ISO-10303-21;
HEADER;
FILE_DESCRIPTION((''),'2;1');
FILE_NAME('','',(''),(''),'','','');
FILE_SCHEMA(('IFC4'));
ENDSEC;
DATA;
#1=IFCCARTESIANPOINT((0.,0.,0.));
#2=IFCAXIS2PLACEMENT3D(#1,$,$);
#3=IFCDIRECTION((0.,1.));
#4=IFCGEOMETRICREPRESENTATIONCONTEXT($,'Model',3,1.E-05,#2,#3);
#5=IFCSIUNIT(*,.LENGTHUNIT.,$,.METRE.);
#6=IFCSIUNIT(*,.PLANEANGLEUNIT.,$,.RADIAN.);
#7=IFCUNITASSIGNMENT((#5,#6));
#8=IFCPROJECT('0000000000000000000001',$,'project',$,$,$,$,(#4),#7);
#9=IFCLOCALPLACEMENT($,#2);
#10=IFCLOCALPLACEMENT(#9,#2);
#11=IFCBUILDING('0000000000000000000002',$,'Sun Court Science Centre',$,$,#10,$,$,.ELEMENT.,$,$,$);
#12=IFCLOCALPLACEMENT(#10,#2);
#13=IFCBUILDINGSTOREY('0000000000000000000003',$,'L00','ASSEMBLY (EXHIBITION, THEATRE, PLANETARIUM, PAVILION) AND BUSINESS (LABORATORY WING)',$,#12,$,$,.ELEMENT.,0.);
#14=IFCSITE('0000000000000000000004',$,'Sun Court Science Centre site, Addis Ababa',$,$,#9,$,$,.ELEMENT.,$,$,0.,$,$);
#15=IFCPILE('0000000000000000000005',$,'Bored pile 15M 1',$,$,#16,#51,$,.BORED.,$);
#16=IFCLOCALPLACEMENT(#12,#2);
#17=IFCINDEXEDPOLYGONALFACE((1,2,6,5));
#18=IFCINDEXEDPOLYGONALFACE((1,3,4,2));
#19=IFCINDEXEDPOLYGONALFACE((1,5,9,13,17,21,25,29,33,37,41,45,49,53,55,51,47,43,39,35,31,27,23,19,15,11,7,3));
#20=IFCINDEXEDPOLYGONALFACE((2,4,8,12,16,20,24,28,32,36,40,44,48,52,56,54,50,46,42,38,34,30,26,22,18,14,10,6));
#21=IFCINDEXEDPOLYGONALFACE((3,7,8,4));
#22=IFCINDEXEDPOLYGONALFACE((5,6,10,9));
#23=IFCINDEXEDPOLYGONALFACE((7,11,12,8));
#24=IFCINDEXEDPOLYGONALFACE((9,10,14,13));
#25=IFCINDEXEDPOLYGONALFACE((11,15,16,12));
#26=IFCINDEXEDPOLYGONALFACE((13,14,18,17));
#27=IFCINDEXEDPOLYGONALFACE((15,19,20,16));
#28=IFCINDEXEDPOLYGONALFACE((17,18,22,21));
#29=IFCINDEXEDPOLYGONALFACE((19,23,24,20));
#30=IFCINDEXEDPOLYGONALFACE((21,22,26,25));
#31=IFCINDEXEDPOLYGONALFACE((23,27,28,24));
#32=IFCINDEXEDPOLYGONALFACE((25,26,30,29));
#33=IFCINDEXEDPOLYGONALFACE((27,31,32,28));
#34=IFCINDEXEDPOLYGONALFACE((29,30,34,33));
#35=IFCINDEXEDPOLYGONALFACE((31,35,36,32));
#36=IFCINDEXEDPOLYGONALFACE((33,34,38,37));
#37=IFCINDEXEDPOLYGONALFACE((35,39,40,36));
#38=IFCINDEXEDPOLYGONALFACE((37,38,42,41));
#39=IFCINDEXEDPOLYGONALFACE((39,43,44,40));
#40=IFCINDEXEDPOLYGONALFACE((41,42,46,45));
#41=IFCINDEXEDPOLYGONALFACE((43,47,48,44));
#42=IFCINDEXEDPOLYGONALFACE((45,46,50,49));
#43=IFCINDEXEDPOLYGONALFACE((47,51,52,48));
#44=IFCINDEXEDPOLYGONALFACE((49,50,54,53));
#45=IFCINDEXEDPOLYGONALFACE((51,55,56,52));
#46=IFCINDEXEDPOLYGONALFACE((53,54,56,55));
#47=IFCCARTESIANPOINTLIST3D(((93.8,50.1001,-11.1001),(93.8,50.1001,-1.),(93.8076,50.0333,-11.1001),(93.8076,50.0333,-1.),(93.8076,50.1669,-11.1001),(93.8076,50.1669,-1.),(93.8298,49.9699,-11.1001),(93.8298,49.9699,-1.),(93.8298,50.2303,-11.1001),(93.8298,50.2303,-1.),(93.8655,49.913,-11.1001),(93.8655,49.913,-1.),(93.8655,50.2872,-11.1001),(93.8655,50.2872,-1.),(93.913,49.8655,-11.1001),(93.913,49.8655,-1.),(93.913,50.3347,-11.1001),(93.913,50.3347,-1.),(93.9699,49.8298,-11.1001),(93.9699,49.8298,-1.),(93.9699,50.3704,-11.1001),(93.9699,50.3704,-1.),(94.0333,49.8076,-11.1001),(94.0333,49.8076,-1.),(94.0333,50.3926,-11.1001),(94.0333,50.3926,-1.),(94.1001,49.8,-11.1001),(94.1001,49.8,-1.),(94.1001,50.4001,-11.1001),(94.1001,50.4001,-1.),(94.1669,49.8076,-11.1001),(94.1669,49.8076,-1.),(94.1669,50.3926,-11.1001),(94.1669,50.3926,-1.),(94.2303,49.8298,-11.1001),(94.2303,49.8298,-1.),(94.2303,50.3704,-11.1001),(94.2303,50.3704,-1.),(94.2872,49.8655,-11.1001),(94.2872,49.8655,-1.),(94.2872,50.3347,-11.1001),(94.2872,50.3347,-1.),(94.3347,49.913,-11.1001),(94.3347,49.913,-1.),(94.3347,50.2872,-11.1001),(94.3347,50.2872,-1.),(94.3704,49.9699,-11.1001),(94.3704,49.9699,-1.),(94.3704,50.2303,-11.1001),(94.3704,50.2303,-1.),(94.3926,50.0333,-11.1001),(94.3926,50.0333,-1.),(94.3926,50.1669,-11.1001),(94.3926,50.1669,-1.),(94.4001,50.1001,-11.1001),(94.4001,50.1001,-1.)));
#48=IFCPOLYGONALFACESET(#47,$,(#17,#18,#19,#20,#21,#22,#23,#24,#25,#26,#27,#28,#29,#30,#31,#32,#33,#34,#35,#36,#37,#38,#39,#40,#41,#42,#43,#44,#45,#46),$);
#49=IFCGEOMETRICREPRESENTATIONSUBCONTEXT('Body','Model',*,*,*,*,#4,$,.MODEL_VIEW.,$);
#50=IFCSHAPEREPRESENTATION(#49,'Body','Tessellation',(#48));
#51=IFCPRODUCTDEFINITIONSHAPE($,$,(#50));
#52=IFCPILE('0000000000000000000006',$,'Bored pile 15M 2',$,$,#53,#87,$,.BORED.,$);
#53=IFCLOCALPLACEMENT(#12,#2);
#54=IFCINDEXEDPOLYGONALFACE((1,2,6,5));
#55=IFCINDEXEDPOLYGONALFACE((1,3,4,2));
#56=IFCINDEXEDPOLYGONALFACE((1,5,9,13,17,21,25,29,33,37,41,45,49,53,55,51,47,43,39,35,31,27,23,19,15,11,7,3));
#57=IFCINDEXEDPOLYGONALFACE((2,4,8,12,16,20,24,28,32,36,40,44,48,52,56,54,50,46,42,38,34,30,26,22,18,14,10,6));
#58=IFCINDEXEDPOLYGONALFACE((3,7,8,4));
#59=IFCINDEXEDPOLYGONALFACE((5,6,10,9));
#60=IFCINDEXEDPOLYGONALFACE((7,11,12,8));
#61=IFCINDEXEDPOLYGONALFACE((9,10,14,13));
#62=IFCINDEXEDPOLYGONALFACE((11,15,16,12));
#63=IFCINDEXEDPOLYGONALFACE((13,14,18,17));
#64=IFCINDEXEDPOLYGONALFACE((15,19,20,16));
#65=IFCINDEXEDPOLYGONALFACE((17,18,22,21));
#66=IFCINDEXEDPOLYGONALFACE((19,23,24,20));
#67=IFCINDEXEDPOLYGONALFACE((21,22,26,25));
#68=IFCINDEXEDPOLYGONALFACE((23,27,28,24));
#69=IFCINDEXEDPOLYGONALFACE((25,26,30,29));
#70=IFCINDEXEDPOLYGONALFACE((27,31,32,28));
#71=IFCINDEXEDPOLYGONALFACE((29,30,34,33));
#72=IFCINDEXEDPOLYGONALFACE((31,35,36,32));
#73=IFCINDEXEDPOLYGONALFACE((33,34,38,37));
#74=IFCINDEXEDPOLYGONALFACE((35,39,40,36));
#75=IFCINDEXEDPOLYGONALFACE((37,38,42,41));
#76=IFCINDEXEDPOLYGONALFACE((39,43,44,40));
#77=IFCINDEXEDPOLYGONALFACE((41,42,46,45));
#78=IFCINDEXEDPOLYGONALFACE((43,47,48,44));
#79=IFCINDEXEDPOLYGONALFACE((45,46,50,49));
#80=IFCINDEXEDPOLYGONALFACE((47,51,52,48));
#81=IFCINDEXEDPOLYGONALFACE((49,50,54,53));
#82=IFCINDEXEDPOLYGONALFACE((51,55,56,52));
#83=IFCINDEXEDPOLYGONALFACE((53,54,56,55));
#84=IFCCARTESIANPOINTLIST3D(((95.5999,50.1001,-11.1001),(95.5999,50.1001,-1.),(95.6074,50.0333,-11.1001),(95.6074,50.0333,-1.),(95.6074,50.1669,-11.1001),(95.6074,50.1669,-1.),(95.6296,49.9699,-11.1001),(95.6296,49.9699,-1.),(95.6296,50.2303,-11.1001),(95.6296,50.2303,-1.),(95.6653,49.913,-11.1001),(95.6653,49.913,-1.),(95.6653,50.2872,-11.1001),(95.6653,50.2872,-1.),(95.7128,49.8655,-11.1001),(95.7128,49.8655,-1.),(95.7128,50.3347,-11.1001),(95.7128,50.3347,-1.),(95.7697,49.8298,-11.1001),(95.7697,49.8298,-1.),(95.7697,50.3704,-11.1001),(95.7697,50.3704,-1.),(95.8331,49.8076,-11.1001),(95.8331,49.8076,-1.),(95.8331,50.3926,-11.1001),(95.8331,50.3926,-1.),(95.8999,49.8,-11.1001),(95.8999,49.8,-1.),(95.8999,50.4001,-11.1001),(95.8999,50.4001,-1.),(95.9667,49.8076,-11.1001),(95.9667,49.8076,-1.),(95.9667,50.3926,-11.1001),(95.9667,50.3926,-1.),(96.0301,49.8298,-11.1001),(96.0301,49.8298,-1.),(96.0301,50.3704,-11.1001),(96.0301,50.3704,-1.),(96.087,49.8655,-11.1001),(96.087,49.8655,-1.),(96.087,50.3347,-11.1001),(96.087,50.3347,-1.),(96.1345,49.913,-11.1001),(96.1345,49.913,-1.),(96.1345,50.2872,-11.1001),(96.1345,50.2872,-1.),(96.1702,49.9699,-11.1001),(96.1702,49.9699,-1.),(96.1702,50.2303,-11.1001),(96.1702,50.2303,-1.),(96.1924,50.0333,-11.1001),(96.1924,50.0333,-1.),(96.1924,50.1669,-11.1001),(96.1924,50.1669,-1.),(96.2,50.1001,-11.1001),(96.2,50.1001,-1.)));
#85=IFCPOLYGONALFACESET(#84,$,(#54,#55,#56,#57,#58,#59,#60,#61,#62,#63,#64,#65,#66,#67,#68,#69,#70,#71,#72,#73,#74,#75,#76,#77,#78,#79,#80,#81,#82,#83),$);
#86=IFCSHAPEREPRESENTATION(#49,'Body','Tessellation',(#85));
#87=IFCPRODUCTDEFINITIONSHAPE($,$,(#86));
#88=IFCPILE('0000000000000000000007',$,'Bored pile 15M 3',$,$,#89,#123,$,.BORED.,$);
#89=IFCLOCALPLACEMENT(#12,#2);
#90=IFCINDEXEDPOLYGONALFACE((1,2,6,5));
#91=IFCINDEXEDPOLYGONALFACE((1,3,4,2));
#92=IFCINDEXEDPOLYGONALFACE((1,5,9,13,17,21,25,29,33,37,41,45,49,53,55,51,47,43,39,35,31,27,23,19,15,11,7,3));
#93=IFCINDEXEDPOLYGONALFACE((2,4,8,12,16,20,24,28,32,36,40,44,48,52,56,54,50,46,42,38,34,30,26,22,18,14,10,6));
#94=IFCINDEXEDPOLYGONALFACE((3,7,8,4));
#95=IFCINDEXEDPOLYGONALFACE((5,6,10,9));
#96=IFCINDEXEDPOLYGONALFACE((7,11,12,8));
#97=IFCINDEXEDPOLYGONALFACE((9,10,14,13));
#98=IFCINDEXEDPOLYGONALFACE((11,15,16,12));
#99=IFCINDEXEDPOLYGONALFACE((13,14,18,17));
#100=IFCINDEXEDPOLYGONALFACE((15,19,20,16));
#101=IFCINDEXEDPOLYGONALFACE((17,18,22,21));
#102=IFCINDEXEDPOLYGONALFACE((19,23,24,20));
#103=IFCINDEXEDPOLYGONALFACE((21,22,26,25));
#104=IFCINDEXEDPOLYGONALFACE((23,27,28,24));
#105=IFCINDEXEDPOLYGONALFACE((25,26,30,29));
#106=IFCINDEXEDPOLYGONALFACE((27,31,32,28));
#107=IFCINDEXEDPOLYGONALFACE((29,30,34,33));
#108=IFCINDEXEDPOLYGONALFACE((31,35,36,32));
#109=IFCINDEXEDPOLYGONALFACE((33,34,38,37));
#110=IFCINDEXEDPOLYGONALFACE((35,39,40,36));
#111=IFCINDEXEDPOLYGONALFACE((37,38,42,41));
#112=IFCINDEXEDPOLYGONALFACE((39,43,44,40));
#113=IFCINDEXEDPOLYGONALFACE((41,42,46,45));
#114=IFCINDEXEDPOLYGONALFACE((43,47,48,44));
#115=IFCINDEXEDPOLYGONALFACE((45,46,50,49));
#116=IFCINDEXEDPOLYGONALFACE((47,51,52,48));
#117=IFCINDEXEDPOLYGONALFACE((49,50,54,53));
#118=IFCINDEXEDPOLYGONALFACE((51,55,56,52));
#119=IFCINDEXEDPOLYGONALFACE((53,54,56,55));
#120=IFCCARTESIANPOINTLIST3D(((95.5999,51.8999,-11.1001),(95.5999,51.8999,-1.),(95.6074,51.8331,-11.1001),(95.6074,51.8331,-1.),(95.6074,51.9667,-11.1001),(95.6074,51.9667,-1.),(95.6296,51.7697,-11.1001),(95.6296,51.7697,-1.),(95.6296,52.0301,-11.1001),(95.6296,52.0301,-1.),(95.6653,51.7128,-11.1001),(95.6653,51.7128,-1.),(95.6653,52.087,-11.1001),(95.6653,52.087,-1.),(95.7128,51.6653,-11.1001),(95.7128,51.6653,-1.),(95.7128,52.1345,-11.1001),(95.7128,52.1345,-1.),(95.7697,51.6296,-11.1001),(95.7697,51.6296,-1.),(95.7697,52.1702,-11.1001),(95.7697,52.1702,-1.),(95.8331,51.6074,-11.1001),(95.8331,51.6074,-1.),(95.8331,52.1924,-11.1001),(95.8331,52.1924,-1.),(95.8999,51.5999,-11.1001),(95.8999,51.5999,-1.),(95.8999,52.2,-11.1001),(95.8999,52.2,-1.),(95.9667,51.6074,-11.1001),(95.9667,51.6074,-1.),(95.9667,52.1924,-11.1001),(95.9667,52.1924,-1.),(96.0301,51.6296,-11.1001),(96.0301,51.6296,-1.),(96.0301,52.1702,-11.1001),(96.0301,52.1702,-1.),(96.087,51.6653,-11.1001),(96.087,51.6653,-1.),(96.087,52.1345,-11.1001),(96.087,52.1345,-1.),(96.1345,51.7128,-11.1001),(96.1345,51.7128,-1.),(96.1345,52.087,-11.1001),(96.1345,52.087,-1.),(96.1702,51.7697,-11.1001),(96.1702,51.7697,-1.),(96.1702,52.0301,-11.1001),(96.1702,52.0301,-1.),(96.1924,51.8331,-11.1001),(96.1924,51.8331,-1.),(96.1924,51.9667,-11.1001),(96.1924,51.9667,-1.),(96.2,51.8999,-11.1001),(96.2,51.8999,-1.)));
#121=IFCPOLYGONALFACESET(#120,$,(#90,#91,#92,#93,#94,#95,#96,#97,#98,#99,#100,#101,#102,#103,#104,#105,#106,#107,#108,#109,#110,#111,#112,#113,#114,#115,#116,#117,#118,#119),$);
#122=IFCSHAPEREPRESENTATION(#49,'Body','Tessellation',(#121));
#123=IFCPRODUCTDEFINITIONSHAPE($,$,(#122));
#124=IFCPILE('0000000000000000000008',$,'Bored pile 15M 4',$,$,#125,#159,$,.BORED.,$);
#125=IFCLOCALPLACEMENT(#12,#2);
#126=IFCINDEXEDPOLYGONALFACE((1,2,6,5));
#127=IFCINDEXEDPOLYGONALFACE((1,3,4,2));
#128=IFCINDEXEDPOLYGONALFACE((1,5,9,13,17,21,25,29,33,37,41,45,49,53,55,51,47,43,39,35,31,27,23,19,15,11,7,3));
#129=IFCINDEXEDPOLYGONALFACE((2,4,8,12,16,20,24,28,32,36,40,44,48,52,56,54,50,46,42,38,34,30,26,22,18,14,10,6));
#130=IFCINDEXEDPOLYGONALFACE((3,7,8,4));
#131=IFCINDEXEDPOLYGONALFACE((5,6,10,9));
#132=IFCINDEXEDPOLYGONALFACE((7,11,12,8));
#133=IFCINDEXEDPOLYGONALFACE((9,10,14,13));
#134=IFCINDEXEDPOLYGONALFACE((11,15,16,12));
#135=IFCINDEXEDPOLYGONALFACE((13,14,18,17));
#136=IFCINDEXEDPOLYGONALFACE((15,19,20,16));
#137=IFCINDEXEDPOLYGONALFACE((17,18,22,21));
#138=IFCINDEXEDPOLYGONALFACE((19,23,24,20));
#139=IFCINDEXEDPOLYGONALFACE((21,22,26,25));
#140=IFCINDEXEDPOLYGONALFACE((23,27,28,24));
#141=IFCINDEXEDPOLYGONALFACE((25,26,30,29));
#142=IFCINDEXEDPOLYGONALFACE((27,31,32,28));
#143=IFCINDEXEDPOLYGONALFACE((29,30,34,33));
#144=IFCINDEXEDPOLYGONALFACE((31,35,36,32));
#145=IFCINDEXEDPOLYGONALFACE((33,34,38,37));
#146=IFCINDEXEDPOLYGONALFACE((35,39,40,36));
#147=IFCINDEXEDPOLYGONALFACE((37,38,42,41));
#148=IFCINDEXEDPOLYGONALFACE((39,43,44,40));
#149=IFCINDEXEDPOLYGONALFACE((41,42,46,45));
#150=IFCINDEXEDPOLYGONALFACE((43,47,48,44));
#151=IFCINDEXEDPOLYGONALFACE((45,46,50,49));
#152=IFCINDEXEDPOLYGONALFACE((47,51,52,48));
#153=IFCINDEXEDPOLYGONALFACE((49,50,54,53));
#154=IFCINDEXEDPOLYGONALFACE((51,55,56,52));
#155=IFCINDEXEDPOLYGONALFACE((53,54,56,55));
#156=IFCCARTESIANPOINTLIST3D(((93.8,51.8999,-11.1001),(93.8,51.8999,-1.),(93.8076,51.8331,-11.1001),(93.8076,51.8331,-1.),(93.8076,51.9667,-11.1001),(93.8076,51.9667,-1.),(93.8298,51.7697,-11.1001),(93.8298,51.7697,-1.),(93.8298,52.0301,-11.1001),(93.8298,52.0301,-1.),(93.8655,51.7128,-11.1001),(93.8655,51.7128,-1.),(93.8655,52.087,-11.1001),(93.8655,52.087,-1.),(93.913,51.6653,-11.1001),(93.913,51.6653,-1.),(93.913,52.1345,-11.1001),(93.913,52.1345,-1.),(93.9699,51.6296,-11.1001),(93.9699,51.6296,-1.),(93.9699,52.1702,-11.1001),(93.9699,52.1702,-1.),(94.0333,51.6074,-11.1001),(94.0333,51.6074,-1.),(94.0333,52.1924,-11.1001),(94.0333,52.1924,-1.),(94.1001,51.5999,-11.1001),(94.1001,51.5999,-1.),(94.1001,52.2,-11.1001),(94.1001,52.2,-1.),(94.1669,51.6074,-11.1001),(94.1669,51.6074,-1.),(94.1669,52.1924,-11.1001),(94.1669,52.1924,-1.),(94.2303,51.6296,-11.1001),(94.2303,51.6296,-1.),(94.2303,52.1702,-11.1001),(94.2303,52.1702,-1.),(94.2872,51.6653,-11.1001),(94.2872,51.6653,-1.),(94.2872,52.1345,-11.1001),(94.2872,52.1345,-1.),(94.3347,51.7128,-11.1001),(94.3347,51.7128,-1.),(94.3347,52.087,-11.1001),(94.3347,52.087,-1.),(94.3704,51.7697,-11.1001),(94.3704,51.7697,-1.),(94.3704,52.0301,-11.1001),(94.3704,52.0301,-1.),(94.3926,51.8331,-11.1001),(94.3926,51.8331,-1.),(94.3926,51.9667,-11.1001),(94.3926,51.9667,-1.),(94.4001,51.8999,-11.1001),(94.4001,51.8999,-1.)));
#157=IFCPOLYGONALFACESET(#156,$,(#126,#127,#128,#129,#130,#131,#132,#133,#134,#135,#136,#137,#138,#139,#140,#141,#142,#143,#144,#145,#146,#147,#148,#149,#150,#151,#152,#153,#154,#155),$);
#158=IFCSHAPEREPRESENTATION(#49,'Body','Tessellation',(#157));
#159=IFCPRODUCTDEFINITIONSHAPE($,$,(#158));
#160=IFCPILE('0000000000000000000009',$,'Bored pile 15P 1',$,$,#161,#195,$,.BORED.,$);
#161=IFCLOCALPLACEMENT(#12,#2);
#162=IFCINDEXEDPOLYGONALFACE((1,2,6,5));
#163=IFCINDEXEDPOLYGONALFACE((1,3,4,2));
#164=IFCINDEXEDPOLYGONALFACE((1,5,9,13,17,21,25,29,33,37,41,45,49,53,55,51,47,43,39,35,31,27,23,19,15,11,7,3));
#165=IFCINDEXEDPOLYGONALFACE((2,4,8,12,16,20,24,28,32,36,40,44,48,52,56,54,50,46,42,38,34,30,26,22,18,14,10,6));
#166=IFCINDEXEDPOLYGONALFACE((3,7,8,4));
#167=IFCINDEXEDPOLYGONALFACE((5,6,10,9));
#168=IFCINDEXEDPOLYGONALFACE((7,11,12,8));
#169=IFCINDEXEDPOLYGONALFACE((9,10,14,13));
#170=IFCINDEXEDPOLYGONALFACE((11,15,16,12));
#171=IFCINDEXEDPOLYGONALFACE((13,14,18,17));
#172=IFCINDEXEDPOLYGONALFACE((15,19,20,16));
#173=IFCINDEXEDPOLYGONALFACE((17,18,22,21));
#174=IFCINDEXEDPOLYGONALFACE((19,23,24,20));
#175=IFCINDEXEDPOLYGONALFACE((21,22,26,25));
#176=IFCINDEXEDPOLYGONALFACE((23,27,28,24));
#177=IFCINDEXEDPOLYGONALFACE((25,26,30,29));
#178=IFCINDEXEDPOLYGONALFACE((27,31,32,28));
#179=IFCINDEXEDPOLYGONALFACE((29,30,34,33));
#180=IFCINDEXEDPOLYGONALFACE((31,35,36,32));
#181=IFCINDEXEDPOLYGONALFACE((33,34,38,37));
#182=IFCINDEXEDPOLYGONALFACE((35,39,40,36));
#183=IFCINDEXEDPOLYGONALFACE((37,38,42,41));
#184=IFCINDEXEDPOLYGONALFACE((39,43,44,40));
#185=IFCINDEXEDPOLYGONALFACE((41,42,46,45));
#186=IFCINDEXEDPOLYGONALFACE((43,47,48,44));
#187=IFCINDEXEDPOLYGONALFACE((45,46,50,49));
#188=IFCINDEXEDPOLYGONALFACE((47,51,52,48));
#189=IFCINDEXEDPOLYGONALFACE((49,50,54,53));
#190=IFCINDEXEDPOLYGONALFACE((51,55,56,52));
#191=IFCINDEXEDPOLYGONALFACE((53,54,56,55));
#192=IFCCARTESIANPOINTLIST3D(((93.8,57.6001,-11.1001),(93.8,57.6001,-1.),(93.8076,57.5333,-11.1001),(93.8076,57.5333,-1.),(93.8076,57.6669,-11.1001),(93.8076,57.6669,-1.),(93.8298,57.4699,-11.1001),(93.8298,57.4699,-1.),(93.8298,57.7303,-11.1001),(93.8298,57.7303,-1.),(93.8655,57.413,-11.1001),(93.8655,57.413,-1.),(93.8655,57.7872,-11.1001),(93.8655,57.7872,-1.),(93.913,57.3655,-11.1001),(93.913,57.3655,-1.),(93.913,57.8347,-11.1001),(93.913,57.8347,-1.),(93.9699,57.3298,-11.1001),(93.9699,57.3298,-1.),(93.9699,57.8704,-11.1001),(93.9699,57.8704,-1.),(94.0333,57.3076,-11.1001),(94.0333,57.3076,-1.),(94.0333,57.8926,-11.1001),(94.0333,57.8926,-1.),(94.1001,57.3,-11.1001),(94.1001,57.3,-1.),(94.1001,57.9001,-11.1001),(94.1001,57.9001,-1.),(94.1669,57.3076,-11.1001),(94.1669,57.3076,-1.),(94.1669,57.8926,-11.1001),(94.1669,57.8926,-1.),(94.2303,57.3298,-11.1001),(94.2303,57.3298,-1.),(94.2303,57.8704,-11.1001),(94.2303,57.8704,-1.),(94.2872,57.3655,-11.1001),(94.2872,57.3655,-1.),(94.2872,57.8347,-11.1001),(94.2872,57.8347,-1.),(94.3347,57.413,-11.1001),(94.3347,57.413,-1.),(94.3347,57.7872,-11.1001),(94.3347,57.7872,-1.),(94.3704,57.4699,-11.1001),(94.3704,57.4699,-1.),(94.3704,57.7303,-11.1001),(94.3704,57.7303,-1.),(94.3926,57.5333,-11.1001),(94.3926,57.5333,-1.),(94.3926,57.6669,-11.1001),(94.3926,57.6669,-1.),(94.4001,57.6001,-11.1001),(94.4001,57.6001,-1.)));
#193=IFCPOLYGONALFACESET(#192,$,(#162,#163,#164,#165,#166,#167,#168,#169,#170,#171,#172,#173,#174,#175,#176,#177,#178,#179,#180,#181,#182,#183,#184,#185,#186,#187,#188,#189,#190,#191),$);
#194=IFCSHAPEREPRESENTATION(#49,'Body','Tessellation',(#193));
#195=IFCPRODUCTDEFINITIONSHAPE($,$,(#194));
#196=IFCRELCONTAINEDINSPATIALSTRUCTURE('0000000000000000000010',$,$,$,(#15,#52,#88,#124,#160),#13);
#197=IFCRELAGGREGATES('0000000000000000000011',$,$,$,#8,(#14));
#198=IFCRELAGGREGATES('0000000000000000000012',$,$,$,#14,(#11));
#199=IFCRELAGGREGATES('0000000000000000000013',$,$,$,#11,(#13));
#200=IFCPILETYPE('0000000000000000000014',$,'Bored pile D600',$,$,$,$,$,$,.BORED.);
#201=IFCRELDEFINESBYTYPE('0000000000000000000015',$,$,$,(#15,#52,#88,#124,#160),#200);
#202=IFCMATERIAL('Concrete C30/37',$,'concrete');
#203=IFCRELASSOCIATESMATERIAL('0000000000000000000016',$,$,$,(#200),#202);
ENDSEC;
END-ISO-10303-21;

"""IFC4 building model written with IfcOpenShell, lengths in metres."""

from ifc_helpers import new_model, si_unit, direction, frame, origin, origin_2d, place, context, subcontext, project, spatial, circle, extrude, material, material_profile, profile_set, type_object, element, save


model = new_model("IFC4")

# Units and contexts
model_context = context("Model", 3, precision=1e-05, world=origin(), true_north=direction((0.0, 1.0)))
body_context = subcontext(model_context, "Body", "Model", "MODEL_VIEW")
ifc_project = project(units=[si_unit("LENGTHUNIT", "METRE"), si_unit("PLANEANGLEUNIT", "RADIAN")], contexts=[model_context])

# Site, building, storey
site_placement = place(None, origin())
site = spatial("IfcSite", under=ifc_project, at=site_placement, Name="Sun Court Science Centre site, Addis Ababa", CompositionType="ELEMENT", RefElevation=0.0)
building_placement = place(site_placement, origin())
building = spatial("IfcBuilding", under=site, at=building_placement, Name="Sun Court Science Centre", CompositionType="ELEMENT")
storey_placement = place(building_placement, origin())
storey = spatial("IfcBuildingStorey", under=building, at=storey_placement, Name="L00", Description="ASSEMBLY (EXHIBITION, THEATRE, PLANETARIUM, PAVILION) AND BUSINESS (LABORATORY WING)", CompositionType="ELEMENT", Elevation=0.0)

# Piles
ifc_material_1 = material(Name="Concrete C30/37", Category="concrete")
ifc_material_profile_1 = material_profile(ifc_material_1, circle(Radius=0.3, at=origin_2d()), Name="RC D600")
ifc_profile_set_1 = profile_set([ifc_material_profile_1], Name="Concrete C30/37")
pile_type = type_object("IfcPileType", Name="Bored pile D600", PredefinedType="BORED", material=ifc_profile_set_1)
for number, where, z_axis, x_axis, name in (
    (1, (94.1001, 50.1001, -1.0), (0.0, 0.0, -1.0), (1.0, 0.0, 0.0), "Bored pile 15M 1"),
    (2, (95.8999, 50.1001, -1.0), (0.0, 0.0, -1.0), (1.0, 0.0, 0.0), "Bored pile 15M 2"),
    (3, (95.8999, 51.8999, -1.0), (0.0, 0.0, -1.0), (1.0, 0.0, 0.0), "Bored pile 15M 3"),
    (4, (94.1001, 51.8999, -1.0), (0.0, 0.0, -1.0), (1.0, 0.0, 0.0), "Bored pile 15M 4"),
    (5, (94.1001, 57.6001, -1.0), (0.0, 0.0, -1.0), (1.0, 0.0, 0.0), "Bored pile 15P 1"),
):
    element("IfcPile", number, at=place(storey_placement, frame(where, z_axis=z_axis, x_axis=x_axis)), inside=storey, type_object=pile_type, Name=name, PredefinedType="BORED", context=body_context, shape_type="SweptSolid", body=[
        extrude(circle(Radius=0.3, at=origin_2d()), origin(), (0.0, 0.0, 1.0), 10.1001),
    ])

save(model, "model.ifc")
